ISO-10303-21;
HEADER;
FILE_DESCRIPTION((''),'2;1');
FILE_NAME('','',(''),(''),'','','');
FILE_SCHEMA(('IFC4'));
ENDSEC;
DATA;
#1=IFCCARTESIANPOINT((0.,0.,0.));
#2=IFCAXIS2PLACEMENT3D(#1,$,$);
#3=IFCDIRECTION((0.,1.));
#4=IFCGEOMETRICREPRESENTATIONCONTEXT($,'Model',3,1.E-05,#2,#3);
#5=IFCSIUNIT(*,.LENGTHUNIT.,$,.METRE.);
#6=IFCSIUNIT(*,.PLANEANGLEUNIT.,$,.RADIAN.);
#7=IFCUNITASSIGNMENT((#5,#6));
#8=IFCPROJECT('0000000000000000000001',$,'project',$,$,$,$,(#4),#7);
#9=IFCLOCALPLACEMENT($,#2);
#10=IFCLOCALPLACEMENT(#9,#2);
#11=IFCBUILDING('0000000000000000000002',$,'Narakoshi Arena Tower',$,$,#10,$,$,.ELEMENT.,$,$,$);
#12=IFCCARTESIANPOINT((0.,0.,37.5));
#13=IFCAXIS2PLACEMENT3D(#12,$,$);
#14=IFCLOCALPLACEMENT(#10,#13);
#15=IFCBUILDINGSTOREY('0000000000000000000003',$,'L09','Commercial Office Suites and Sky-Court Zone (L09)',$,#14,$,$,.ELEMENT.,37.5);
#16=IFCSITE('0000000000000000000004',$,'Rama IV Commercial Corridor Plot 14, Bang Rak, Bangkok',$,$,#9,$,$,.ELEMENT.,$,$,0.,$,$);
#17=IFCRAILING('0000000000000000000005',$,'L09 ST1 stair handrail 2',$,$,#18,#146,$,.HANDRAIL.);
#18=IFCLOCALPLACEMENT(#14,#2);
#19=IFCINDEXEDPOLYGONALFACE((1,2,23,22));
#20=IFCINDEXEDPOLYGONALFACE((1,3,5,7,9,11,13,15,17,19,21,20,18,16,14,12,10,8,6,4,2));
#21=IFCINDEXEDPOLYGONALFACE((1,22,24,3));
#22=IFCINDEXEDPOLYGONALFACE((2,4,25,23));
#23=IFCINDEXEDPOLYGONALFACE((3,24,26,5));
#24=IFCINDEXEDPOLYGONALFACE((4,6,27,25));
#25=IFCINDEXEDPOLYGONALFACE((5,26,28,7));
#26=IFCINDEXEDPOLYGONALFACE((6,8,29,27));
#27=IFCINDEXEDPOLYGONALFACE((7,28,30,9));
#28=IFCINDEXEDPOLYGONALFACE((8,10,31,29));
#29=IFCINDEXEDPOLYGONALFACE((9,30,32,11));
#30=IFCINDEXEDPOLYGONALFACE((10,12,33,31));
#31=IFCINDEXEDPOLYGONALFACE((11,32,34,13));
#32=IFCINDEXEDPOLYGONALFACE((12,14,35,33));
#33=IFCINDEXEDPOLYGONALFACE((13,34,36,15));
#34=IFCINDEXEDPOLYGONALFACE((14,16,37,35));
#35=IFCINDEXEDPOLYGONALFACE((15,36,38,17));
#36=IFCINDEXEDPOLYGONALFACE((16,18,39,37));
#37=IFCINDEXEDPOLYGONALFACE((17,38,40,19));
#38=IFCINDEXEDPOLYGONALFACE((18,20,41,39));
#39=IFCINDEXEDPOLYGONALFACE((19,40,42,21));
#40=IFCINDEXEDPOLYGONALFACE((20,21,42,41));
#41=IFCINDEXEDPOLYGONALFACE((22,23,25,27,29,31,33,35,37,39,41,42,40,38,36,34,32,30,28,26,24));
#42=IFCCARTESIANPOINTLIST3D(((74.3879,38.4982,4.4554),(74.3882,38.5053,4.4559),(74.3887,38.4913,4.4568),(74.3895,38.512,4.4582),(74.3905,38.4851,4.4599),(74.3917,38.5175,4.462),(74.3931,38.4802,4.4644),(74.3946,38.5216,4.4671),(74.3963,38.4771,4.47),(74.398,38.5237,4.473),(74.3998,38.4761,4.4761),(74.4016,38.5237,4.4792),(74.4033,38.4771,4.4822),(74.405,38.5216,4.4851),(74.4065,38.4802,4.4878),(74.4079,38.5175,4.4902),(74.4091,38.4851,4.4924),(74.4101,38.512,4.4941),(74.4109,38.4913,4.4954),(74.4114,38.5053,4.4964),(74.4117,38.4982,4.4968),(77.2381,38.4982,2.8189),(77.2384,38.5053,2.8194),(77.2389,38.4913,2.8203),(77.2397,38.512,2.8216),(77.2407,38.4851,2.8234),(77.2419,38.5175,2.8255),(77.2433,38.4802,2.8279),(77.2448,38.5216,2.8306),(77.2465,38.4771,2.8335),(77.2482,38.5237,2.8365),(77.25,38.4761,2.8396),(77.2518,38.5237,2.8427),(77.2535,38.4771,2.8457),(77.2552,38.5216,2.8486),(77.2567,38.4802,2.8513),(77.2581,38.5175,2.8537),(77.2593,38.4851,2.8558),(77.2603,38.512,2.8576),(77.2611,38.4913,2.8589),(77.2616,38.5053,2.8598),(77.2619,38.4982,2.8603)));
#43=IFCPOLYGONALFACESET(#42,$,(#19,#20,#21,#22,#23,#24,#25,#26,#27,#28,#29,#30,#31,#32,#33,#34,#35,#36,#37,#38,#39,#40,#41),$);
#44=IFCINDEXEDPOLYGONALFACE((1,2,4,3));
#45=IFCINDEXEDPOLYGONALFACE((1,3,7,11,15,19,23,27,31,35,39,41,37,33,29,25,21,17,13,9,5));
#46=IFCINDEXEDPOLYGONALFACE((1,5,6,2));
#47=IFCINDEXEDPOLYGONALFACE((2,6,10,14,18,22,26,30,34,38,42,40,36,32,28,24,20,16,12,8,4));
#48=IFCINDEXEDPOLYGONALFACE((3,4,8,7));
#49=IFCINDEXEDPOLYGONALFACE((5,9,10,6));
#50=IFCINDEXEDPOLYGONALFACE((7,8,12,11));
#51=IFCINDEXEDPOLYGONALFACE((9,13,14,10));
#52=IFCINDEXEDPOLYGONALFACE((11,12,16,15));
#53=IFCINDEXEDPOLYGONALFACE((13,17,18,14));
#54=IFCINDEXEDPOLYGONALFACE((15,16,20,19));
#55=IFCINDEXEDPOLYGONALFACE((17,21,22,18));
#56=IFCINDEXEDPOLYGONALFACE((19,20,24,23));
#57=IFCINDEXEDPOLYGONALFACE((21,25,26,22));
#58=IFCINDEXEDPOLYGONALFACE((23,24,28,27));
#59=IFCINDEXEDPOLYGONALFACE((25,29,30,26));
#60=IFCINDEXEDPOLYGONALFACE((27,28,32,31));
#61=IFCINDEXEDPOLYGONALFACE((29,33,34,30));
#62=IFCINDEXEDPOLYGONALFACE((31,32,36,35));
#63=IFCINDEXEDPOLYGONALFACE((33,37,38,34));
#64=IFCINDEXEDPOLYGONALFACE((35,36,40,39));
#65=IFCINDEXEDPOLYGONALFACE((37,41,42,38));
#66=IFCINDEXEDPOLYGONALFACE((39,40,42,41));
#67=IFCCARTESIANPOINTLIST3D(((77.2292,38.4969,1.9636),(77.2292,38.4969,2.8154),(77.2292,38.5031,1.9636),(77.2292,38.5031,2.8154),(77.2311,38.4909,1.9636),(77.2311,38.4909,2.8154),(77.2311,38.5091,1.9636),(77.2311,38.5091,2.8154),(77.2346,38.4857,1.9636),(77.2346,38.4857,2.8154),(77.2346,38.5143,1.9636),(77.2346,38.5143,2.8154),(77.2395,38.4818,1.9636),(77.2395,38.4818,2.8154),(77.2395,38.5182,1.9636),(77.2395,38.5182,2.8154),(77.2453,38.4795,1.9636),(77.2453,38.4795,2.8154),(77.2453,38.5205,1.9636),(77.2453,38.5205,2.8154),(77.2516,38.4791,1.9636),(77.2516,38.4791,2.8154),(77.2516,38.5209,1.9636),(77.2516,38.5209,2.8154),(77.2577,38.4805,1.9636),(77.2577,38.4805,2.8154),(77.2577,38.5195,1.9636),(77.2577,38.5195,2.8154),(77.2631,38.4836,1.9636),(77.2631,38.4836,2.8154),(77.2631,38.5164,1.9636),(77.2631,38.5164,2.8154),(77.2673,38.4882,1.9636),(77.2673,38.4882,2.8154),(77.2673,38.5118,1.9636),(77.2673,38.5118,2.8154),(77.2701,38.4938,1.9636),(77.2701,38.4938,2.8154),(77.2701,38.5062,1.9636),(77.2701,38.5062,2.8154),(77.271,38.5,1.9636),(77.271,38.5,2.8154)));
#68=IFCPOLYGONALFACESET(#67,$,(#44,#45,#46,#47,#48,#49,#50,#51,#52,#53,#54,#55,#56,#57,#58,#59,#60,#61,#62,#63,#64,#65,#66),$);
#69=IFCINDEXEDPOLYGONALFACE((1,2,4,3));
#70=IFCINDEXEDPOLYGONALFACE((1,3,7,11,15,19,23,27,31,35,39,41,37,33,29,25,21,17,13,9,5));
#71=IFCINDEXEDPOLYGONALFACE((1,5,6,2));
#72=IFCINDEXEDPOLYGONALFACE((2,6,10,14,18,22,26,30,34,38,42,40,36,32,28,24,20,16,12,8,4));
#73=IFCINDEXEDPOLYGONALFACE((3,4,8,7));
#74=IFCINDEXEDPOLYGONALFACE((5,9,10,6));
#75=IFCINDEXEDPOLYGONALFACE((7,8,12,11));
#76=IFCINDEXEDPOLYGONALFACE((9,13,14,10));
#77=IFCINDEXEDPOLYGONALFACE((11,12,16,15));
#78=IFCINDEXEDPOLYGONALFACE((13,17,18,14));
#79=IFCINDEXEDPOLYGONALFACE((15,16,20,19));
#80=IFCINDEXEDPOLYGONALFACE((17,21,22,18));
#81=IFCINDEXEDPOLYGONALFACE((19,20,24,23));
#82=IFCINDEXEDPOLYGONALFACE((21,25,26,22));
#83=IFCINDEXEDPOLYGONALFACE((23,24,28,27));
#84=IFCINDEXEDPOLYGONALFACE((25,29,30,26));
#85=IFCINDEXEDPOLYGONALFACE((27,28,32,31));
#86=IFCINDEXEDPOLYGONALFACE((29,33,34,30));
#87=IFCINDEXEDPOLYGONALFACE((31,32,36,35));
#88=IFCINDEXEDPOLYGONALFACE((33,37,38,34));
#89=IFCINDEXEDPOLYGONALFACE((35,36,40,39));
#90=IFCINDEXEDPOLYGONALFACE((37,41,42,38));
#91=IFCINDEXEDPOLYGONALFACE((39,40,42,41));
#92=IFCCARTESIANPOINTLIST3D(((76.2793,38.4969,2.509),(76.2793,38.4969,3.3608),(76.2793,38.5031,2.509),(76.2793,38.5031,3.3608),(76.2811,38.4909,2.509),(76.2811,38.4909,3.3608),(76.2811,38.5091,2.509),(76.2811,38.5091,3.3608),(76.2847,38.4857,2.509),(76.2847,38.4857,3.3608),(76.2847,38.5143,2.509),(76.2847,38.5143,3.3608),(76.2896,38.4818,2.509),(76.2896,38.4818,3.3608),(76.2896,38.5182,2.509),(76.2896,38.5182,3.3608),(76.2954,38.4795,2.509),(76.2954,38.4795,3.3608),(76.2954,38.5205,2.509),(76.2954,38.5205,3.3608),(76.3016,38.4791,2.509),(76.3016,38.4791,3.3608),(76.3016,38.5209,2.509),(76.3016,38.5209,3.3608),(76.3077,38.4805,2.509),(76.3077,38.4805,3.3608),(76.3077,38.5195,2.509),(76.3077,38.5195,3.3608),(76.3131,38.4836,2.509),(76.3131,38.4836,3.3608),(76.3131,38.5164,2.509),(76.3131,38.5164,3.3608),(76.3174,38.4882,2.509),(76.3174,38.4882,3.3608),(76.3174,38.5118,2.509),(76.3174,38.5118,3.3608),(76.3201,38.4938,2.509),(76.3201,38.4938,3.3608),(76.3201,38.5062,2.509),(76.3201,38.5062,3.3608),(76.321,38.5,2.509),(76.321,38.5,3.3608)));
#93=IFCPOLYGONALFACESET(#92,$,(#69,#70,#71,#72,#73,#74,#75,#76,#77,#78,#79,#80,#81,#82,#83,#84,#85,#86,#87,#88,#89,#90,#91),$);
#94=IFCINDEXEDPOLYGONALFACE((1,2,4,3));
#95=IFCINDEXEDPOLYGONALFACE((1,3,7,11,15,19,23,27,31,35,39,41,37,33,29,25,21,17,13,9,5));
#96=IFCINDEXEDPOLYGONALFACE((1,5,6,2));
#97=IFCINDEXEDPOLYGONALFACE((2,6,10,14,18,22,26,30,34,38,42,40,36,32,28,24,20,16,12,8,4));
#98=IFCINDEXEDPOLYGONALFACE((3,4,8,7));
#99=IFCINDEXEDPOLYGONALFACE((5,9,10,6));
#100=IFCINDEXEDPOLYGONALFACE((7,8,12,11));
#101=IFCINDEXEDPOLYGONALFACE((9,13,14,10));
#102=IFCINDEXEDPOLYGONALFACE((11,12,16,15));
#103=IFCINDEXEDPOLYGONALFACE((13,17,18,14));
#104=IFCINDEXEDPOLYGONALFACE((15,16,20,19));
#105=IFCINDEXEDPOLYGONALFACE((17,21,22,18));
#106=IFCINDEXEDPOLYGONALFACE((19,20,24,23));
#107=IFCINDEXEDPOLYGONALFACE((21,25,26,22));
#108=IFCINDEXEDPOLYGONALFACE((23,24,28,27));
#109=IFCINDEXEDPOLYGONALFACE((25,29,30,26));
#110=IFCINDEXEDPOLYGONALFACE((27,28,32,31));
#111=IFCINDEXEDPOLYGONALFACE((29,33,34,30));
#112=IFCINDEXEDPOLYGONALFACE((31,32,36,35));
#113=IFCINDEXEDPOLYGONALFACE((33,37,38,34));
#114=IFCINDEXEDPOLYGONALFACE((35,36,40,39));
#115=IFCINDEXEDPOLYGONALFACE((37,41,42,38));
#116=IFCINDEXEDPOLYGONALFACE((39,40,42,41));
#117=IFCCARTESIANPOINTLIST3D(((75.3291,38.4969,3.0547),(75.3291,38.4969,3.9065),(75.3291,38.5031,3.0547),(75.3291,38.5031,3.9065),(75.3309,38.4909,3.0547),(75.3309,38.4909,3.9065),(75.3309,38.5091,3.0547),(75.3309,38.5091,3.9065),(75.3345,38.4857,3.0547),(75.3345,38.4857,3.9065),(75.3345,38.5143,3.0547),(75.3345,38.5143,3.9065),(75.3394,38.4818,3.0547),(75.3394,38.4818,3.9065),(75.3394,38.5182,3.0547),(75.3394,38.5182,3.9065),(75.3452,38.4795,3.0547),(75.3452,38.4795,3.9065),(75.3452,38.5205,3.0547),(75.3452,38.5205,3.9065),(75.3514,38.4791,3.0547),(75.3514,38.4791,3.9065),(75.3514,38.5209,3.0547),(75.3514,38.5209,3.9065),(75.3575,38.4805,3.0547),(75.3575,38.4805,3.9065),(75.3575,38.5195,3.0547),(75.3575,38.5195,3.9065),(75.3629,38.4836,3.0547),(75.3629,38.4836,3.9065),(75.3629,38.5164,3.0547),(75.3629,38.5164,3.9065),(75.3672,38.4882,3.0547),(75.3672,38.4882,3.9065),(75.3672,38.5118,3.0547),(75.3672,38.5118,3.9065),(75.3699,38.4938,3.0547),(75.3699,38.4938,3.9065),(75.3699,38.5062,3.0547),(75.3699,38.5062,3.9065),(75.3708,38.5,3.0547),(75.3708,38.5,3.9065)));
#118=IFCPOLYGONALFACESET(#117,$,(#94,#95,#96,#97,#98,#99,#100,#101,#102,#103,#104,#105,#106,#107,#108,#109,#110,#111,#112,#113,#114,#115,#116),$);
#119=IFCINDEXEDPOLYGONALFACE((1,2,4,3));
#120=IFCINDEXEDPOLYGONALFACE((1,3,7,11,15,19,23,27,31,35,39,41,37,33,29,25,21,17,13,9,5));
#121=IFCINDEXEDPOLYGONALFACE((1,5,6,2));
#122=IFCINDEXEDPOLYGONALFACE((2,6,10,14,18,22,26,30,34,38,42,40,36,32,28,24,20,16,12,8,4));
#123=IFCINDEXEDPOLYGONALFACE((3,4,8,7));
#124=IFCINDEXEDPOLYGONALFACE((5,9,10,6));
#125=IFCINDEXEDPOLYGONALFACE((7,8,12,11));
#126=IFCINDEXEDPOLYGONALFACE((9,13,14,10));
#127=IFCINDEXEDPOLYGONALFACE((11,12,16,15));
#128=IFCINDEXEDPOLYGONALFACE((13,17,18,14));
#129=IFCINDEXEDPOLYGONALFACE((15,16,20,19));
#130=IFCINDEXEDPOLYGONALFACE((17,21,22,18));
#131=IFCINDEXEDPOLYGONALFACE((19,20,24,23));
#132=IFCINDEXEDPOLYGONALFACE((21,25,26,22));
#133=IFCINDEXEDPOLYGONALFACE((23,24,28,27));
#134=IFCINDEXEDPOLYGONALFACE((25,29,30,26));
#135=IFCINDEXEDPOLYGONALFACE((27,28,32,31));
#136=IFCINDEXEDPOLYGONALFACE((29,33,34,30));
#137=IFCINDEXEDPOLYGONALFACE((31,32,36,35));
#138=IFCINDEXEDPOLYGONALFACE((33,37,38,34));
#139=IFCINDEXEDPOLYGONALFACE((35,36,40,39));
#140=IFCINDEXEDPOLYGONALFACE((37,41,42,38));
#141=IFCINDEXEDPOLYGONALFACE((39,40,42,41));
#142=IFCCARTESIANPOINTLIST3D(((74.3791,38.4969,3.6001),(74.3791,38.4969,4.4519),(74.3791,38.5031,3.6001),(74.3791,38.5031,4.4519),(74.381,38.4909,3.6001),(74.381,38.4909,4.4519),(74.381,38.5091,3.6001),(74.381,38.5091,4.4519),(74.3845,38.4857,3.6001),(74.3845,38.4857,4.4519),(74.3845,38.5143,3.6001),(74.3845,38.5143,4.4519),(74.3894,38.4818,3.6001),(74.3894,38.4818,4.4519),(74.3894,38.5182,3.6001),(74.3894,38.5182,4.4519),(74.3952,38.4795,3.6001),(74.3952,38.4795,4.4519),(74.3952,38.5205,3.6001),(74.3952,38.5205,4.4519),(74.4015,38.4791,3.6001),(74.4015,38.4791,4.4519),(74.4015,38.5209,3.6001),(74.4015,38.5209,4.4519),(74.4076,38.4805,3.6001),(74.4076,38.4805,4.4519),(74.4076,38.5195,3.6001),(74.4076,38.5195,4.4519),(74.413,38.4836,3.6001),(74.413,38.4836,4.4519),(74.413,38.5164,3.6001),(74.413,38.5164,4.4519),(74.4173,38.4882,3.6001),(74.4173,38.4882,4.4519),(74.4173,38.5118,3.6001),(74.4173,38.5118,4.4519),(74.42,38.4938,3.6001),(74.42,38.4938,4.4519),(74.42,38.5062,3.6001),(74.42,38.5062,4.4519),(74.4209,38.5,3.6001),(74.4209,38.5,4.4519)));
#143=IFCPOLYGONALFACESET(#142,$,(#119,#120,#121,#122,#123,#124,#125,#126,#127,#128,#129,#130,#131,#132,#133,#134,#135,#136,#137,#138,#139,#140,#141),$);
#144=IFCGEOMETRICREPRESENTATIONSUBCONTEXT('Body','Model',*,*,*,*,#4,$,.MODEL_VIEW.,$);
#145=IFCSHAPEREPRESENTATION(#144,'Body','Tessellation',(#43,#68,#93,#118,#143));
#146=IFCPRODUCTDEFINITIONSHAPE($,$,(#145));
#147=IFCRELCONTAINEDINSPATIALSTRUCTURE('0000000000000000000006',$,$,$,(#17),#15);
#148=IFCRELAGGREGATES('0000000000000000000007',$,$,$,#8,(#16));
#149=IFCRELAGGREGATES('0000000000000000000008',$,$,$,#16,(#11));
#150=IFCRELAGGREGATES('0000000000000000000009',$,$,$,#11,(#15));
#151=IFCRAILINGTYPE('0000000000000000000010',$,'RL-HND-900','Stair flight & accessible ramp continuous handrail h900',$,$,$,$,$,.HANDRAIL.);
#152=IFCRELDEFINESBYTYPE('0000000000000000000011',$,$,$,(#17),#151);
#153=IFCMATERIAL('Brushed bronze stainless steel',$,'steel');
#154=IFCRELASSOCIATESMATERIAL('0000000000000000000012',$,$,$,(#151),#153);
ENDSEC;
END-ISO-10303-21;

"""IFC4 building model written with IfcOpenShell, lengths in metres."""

from ifc_helpers import new_model, si_unit, direction, frame, origin, origin_2d, place, context, subcontext, project, spatial, circle, extrude, material, type_object, element, save


model = new_model("IFC4")

# Units and contexts
model_context = context("Model", 3, precision=1e-05, world=origin(), true_north=direction((0.0, 1.0)))
body_context = subcontext(model_context, "Body", "Model", "MODEL_VIEW")
ifc_project = project(units=[si_unit("LENGTHUNIT", "METRE"), si_unit("PLANEANGLEUNIT", "RADIAN")], contexts=[model_context])

# Site, building, storey
site_placement = place(None, origin())
site = spatial("IfcSite", under=ifc_project, at=site_placement, Name="Rama IV Commercial Corridor Plot 14, Bang Rak, Bangkok", CompositionType="ELEMENT", RefElevation=0.0)
building_placement = place(site_placement, origin())
building = spatial("IfcBuilding", under=site, at=building_placement, Name="Narakoshi Arena Tower", CompositionType="ELEMENT")
storey_placement = place(building_placement, frame((0.0, 0.0, 37.5)))
storey = spatial("IfcBuildingStorey", under=building, at=storey_placement, Name="L09", Description="Commercial Office Suites and Sky-Court Zone (L09)", CompositionType="ELEMENT", Elevation=37.5)

# Shared definitions
ifc_material_1 = material(Name="Brushed bronze stainless steel", Category="steel")

# Railing
railing_type_1 = type_object("IfcRailingType", Name="RL-HND-900", Description="Stair flight & accessible ramp continuous handrail h900", PredefinedType="HANDRAIL", material=ifc_material_1)
for number, where, name in (
    (1, (77.25, 38.5, 1.9636), "L09 ST1 stair handrail 2"),
):
    element("IfcRailing", number, at=place(storey_placement, frame(where)), inside=storey, type_object=railing_type_1, Name=name, PredefinedType="HANDRAIL", context=body_context, shape_type="SweptSolid", body=[
        extrude(circle(Radius=0.0239, at=origin_2d()), frame((0.0, 0.0, 0.876), z_axis=(-0.867213, 0.0, 0.497938), x_axis=(0.0, -1.0, 0.0)), (0.0, 0.0, 1.0), 3.2866),
        extrude(circle(Radius=0.021, at=origin_2d()), origin(), (0.0, 0.0, 1.0), 0.8518),
        extrude(circle(Radius=0.021, at=origin_2d()), frame((-0.95, 0.0, 0.5454)), (0.0, 0.0, 1.0), 0.8518),
        extrude(circle(Radius=0.021, at=origin_2d()), frame((-1.9001, 0.0, 1.0911)), (0.0, 0.0, 1.0), 0.8518),
        extrude(circle(Radius=0.021, at=origin_2d()), frame((-2.8501, 0.0, 1.6365)), (0.0, 0.0, 1.0), 0.8518),
    ])

save(model, "model.ifc")
